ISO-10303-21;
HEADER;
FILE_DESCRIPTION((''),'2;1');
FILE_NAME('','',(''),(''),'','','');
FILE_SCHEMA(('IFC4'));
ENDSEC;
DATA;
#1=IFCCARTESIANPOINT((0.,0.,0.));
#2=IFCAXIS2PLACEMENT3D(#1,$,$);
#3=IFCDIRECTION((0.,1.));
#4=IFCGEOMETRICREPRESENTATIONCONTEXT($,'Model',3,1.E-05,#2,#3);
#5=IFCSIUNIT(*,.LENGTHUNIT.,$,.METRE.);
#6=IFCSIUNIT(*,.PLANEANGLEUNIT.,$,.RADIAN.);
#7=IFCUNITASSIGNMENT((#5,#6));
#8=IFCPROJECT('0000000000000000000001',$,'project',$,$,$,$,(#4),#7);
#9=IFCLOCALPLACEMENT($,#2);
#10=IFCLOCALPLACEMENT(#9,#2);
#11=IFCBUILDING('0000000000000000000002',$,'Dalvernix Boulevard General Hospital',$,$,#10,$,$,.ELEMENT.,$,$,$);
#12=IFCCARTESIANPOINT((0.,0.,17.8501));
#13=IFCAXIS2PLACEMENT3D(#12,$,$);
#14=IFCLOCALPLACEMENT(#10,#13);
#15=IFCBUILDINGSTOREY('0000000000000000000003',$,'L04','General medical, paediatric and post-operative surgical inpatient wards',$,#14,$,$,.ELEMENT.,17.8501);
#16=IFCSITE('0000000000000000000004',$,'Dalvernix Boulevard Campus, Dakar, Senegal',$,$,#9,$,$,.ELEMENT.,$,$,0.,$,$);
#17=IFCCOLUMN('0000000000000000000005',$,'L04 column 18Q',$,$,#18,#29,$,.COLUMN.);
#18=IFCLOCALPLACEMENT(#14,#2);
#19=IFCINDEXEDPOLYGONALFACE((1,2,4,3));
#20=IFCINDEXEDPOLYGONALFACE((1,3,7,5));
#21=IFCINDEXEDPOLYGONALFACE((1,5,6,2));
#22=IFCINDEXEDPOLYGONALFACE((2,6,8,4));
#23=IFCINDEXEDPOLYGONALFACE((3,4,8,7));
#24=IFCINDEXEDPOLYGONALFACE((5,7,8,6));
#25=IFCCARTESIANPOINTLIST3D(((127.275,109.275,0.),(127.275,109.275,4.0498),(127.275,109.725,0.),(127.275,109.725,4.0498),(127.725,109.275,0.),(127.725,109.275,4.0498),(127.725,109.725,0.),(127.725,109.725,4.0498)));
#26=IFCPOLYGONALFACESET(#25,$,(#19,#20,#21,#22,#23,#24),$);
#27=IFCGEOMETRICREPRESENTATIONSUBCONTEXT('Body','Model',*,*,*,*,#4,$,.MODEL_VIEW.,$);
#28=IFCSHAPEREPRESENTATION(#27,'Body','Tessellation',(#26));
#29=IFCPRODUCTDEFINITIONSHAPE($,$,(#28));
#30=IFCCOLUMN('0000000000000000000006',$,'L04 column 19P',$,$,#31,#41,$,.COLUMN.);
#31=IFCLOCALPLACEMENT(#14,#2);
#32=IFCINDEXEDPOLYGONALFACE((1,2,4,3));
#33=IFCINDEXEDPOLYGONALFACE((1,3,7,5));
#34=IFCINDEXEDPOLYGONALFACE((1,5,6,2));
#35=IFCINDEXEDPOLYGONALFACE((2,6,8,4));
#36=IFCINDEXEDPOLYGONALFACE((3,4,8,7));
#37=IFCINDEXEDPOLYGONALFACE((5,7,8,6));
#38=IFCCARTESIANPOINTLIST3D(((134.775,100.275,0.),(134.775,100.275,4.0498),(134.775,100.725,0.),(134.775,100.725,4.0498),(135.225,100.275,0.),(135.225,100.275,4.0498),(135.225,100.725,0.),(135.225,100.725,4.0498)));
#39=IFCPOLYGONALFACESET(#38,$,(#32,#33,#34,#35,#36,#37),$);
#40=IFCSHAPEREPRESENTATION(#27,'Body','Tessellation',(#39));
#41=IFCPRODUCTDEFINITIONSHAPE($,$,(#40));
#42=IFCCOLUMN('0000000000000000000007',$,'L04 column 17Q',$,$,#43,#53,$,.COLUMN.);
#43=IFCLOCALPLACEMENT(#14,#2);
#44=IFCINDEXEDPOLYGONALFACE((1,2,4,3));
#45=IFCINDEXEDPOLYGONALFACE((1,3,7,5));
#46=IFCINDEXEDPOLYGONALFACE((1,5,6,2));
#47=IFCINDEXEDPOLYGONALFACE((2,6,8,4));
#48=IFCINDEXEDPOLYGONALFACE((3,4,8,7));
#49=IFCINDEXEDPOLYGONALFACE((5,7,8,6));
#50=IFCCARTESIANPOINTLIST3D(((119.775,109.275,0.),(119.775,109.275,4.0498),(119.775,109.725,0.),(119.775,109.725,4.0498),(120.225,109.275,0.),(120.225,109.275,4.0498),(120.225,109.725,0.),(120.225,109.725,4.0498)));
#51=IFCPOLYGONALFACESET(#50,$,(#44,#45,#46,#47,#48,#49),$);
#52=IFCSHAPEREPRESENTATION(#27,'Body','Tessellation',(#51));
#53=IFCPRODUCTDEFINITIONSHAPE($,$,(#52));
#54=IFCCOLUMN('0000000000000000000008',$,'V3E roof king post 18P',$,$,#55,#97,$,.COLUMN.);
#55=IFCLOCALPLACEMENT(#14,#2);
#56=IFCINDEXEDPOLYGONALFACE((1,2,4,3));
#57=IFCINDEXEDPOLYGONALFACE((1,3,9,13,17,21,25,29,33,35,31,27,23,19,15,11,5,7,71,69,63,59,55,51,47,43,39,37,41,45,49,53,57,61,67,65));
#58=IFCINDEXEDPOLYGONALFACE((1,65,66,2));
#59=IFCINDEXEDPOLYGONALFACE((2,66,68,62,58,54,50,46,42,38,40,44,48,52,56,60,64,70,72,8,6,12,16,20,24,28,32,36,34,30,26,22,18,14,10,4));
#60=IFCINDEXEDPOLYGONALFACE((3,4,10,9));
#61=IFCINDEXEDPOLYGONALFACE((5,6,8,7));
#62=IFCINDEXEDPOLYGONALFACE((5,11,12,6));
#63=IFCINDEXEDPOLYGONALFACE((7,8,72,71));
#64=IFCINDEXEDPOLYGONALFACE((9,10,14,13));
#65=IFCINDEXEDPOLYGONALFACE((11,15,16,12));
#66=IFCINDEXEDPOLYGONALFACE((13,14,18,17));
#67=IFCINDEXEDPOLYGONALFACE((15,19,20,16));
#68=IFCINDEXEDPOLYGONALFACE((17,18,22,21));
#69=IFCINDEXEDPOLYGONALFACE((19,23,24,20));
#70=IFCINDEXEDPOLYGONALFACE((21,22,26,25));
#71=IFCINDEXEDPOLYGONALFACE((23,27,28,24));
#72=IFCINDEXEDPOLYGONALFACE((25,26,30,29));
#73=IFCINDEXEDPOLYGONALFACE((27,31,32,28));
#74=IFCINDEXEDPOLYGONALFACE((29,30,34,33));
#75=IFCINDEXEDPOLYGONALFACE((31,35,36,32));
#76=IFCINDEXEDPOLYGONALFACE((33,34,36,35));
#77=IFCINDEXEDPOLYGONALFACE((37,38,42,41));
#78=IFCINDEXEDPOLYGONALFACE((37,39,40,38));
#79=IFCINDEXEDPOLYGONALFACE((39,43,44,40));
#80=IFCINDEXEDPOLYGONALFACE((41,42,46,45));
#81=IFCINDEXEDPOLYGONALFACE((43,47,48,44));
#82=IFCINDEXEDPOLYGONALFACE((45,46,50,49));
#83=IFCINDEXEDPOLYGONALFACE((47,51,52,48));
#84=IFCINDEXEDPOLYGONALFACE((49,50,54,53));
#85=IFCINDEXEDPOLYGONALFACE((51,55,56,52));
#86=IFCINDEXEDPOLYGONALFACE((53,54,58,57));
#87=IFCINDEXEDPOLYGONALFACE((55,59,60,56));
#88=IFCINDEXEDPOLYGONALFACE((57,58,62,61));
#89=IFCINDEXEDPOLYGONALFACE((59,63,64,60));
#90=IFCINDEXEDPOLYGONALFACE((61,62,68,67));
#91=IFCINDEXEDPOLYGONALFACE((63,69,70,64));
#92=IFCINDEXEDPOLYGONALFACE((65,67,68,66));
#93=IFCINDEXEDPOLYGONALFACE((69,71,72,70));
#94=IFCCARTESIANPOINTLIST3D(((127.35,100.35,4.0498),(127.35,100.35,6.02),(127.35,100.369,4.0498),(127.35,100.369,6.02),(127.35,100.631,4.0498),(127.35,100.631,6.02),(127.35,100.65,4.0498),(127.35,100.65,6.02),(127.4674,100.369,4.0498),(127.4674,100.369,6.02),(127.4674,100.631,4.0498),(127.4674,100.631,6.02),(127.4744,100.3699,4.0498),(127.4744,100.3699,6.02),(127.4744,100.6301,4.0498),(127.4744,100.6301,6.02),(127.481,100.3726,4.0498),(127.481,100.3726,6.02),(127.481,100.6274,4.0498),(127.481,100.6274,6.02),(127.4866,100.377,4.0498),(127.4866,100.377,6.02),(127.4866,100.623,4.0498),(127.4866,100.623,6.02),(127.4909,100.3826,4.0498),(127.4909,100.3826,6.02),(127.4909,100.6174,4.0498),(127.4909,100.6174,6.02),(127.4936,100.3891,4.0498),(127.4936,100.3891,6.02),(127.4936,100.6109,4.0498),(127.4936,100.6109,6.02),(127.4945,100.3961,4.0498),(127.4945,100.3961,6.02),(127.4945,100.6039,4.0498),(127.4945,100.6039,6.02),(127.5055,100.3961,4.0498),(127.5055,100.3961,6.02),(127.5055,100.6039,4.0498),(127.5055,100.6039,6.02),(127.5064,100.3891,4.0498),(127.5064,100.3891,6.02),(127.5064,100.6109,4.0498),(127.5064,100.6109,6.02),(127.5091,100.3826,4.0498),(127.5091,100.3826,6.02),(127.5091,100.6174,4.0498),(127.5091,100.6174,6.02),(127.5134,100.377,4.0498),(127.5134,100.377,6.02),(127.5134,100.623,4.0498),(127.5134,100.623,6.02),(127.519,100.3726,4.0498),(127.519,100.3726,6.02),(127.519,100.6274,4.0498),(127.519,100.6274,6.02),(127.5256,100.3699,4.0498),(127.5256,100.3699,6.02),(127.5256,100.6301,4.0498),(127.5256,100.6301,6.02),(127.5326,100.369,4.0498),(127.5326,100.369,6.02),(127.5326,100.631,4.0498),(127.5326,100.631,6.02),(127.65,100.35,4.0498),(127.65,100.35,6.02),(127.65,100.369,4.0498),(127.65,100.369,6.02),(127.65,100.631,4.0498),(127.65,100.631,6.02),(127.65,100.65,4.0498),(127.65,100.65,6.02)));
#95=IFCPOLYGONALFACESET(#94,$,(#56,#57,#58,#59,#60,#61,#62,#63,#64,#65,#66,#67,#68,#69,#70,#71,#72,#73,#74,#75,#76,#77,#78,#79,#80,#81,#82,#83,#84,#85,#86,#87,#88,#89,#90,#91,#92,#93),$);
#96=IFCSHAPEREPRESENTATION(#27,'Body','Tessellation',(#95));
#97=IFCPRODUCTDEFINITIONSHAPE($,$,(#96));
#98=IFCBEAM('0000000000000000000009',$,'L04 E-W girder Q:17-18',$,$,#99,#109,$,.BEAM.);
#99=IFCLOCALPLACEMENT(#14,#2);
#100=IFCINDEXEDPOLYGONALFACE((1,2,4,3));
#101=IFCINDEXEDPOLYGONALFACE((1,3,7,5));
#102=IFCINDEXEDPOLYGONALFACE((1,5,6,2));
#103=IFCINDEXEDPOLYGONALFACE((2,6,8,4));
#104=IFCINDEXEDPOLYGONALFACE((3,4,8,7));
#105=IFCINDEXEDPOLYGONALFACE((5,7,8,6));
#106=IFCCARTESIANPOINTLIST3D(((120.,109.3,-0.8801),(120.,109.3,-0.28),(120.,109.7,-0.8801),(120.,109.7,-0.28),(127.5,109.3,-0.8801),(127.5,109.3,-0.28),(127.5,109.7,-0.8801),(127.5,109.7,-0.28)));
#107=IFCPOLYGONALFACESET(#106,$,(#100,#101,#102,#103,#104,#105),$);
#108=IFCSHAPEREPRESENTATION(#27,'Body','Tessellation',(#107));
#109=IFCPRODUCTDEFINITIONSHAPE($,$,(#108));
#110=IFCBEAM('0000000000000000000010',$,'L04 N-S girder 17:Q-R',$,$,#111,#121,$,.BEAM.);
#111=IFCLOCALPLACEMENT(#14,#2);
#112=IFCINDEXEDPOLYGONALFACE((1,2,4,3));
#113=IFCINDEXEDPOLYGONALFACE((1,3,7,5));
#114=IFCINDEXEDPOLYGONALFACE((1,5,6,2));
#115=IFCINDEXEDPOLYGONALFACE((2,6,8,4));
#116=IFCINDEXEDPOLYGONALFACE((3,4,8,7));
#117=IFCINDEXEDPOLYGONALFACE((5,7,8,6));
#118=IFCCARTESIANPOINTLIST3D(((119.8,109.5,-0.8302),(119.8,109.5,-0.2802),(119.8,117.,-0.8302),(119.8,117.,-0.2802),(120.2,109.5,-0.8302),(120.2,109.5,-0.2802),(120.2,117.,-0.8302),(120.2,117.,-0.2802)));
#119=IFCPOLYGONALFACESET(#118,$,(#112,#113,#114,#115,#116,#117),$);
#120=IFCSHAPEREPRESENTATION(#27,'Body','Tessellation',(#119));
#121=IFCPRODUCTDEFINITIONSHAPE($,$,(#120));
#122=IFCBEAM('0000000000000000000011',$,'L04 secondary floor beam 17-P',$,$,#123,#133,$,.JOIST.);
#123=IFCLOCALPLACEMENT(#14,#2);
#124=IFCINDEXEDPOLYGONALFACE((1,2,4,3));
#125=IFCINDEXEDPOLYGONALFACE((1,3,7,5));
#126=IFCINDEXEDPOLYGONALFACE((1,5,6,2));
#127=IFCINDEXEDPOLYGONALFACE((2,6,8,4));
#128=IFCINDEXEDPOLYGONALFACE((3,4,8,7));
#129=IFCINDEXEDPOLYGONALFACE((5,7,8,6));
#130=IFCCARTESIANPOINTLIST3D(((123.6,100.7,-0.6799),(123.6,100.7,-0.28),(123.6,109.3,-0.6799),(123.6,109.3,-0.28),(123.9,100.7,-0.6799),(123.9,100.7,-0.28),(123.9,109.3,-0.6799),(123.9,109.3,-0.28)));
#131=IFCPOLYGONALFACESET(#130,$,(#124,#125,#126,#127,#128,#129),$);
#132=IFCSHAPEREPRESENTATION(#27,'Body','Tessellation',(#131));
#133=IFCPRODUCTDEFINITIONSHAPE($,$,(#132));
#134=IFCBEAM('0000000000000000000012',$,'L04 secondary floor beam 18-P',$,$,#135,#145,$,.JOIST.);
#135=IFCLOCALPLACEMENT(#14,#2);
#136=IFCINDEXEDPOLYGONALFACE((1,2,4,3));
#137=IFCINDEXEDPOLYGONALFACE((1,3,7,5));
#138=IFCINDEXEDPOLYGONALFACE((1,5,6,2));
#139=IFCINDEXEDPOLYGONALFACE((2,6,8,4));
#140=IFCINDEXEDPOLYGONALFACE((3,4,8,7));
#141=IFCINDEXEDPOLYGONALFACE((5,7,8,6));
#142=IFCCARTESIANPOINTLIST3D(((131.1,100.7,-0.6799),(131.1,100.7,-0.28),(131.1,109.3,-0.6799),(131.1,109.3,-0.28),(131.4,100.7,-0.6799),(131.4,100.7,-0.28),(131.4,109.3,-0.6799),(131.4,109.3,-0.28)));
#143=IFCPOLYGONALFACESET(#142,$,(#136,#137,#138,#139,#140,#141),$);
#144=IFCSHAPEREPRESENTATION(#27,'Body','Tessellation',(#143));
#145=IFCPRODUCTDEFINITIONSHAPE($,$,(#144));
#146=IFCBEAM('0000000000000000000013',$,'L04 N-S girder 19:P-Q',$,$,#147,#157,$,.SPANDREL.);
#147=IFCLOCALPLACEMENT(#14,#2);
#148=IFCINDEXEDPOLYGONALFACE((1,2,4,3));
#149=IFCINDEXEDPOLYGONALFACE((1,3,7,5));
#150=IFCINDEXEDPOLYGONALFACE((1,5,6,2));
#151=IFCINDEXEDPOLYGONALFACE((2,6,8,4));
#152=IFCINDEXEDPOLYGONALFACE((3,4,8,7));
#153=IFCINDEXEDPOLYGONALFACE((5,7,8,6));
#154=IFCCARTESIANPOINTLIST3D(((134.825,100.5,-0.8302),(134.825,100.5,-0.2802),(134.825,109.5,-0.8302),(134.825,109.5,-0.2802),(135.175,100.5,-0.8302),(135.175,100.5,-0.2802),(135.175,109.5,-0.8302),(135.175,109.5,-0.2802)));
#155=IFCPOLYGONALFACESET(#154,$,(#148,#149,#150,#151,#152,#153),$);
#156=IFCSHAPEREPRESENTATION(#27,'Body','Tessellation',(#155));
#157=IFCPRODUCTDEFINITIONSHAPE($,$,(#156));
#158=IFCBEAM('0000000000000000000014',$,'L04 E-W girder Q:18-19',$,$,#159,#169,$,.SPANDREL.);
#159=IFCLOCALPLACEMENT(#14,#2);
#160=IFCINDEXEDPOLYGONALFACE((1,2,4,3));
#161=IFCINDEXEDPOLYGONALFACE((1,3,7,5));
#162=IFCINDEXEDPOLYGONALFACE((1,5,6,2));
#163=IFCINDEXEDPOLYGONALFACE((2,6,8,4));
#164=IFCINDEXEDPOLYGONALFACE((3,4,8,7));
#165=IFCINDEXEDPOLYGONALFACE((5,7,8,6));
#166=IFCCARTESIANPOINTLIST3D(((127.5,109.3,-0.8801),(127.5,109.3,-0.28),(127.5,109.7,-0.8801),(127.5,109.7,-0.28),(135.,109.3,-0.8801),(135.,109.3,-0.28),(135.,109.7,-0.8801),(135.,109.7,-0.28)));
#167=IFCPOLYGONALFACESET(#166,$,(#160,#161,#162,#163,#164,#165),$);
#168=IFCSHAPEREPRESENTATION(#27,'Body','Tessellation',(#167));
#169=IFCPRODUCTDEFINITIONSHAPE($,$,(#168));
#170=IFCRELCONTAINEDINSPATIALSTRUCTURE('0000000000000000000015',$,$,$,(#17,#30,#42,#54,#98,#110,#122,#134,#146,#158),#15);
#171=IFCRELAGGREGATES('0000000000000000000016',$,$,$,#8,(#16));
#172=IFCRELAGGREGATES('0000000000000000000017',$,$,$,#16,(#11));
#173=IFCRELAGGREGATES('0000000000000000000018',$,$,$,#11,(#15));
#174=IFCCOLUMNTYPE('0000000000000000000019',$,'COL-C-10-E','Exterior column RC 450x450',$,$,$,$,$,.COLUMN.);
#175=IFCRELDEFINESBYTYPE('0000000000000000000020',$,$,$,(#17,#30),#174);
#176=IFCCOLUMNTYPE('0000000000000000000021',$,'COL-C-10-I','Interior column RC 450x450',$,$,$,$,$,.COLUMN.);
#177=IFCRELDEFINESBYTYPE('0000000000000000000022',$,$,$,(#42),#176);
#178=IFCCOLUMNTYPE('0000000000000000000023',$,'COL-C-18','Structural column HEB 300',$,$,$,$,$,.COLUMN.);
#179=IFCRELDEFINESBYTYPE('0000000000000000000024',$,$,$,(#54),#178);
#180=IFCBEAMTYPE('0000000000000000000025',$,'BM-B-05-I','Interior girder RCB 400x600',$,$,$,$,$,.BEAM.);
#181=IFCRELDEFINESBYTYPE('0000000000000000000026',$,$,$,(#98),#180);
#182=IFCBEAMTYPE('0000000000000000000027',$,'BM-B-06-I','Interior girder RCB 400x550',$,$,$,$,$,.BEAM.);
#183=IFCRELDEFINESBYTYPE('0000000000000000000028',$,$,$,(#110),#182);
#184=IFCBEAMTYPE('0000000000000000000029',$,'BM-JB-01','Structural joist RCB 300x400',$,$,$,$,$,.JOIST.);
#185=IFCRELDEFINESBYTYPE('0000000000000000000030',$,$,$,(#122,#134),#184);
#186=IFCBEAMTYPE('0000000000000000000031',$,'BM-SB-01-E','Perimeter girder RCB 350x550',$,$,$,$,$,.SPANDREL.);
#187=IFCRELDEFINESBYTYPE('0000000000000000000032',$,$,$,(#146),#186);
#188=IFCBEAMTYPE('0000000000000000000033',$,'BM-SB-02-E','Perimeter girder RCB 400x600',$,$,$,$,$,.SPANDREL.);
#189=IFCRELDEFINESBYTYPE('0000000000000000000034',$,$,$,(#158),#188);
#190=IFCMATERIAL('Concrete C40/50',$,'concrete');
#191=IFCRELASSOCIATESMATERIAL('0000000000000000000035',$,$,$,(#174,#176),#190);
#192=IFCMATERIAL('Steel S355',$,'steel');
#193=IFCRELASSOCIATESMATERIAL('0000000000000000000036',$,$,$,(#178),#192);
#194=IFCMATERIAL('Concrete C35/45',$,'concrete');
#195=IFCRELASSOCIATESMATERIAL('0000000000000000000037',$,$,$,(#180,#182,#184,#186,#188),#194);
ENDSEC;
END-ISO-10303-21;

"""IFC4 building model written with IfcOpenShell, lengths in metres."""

from ifc_helpers import new_model, si_unit, direction, frame, origin, origin_2d, place, context, subcontext, project, spatial, rectangle, i_section, extrude, material, material_profile, profile_set, type_object, element, save


model = new_model("IFC4")

# Units and contexts
model_context = context("Model", 3, precision=1e-05, world=origin(), true_north=direction((0.0, 1.0)))
body_context = subcontext(model_context, "Body", "Model", "MODEL_VIEW")
ifc_project = project(units=[si_unit("LENGTHUNIT", "METRE"), si_unit("PLANEANGLEUNIT", "RADIAN")], contexts=[model_context])

# Site, building, storey
site_placement = place(None, origin())
site = spatial("IfcSite", under=ifc_project, at=site_placement, Name="Dalvernix Boulevard Campus, Dakar, Senegal", CompositionType="ELEMENT", RefElevation=0.0)
building_placement = place(site_placement, origin())
building = spatial("IfcBuilding", under=site, at=building_placement, Name="Dalvernix Boulevard General Hospital", CompositionType="ELEMENT")
storey_placement = place(building_placement, frame((0.0, 0.0, 17.8501)))
storey = spatial("IfcBuildingStorey", under=building, at=storey_placement, Name="L04", Description="General medical, paediatric and post-operative surgical inpatient wards", CompositionType="ELEMENT", Elevation=17.8501)

# Columns
ifc_material_1 = material(Name="Concrete C40/50", Category="concrete")
ifc_material_profile_1 = material_profile(ifc_material_1, rectangle(XDim=0.45, YDim=0.45, at=origin_2d()), Name="RC 450x450")
ifc_profile_set_1 = profile_set([ifc_material_profile_1], Name="Concrete C40/50")
column_type_1 = type_object("IfcColumnType", Name="COL-C-10-E", Description="Exterior column RC 450x450", PredefinedType="COLUMN", material=ifc_profile_set_1)
for number, where, z_axis, x_axis, name in (
    (1, (127.5, 109.5, 0.0), (0.0, 0.0, 1.0), (1.0, 0.0, 0.0), "L04 column 18Q"),
    (2, (135.0, 100.5, 0.0), (0.0, 0.0, 1.0), (1.0, 0.0, 0.0), "L04 column 19P"),
):
    element("IfcColumn", number, at=place(storey_placement, frame(where, z_axis=z_axis, x_axis=x_axis)), inside=storey, type_object=column_type_1, Name=name, PredefinedType="COLUMN", context=body_context, shape_type="SweptSolid", body=[
        extrude(rectangle(XDim=0.45, YDim=0.45, at=origin_2d()), origin(), (0.0, 0.0, 1.0), 4.0498),
    ])
ifc_material_profile_2 = material_profile(ifc_material_1, rectangle(XDim=0.45, YDim=0.45, at=origin_2d()), Name="RC 450x450")
ifc_profile_set_2 = profile_set([ifc_material_profile_2], Name="Concrete C40/50")
column_type_2 = type_object("IfcColumnType", Name="COL-C-10-I", Description="Interior column RC 450x450", PredefinedType="COLUMN", material=ifc_profile_set_2)
column_1_placement = place(storey_placement, frame((120.0, 109.5, 0.0), z_axis=(0.0, 0.0, 1.0), x_axis=(1.0, 0.0, 0.0)))
element("IfcColumn", 3, at=column_1_placement, inside=storey, type_object=column_type_2, Name="L04 column 17Q", PredefinedType="COLUMN", context=body_context, shape_type="SweptSolid", body=[
    extrude(rectangle(XDim=0.45, YDim=0.45, at=origin_2d()), origin(), (0.0, 0.0, 1.0), 4.0498),
])
ifc_material_2 = material(Name="Steel S355", Category="steel")
ifc_material_profile_3 = material_profile(ifc_material_2, i_section(OverallWidth=0.3, OverallDepth=0.3, WebThickness=0.011, FlangeThickness=0.019, FilletRadius=0.0271, at=origin_2d()), Name="HEB 300")
ifc_profile_set_3 = profile_set([ifc_material_profile_3], Name="Steel S355")
column_type_3 = type_object("IfcColumnType", Name="COL-C-18", Description="Structural column HEB 300", PredefinedType="COLUMN", material=ifc_profile_set_3)
column_2_placement = place(storey_placement, frame((127.5, 100.5, 4.0498), z_axis=(0.0, 0.0, 1.0), x_axis=(1.0, 0.0, 0.0)))
element("IfcColumn", 4, at=column_2_placement, inside=storey, type_object=column_type_3, Name="V3E roof king post 18P", PredefinedType="COLUMN", context=body_context, shape_type="SweptSolid", body=[
    extrude(i_section(OverallWidth=0.3, OverallDepth=0.3, WebThickness=0.011, FlangeThickness=0.019, FilletRadius=0.0271, at=origin_2d()), origin(), (0.0, 0.0, 1.0), 1.9702),
])

# Beams
ifc_material_3 = material(Name="Concrete C35/45", Category="concrete")
ifc_material_profile_4 = material_profile(ifc_material_3, rectangle(XDim=0.3999, YDim=0.6001, at=origin_2d()), Name="RCB 400x600")
ifc_profile_set_4 = profile_set([ifc_material_profile_4], Name="Concrete C35/45")
beam_type_1 = type_object("IfcBeamType", Name="BM-B-05-I", Description="Interior girder RCB 400x600", PredefinedType="BEAM", material=ifc_profile_set_4)
beam_1_placement = place(storey_placement, frame((120.0, 109.5, -0.5801), z_axis=(1.0, 0.0, 0.0), x_axis=(0.0, 1.0, 0.0)))
element("IfcBeam", 5, at=beam_1_placement, inside=storey, type_object=beam_type_1, Name="L04 E-W girder Q:17-18", PredefinedType="BEAM", context=body_context, shape_type="SweptSolid", body=[
    extrude(rectangle(XDim=0.3999, YDim=0.6001, at=origin_2d()), origin(), (0.0, 0.0, 1.0), 7.5),
])
ifc_material_profile_5 = material_profile(ifc_material_3, rectangle(XDim=0.3999, YDim=0.55, at=origin_2d()), Name="RCB 400x550")
ifc_profile_set_5 = profile_set([ifc_material_profile_5], Name="Concrete C35/45")
beam_type_2 = type_object("IfcBeamType", Name="BM-B-06-I", Description="Interior girder RCB 400x550", PredefinedType="BEAM", material=ifc_profile_set_5)
beam_2_placement = place(storey_placement, frame((120.0, 109.5, -0.5552), z_axis=(0.0, 1.0, 0.0), x_axis=(-1.0, 0.0, 0.0)))
element("IfcBeam", 6, at=beam_2_placement, inside=storey, type_object=beam_type_2, Name="L04 N-S girder 17:Q-R", PredefinedType="BEAM", context=body_context, shape_type="SweptSolid", body=[
    extrude(rectangle(XDim=0.3999, YDim=0.55, at=origin_2d()), origin(), (0.0, 0.0, 1.0), 7.5),
])
ifc_material_profile_6 = material_profile(ifc_material_3, rectangle(XDim=0.3, YDim=0.3999, at=origin_2d()), Name="RCB 300x400")
ifc_profile_set_6 = profile_set([ifc_material_profile_6], Name="Concrete C35/45")
beam_type_3 = type_object("IfcBeamType", Name="BM-JB-01", Description="Structural joist RCB 300x400", PredefinedType="JOIST", material=ifc_profile_set_6)
for number, where, z_axis, x_axis, name in (
    (7, (123.75, 100.7, -0.48), (0.0, 1.0, 0.0), (-1.0, 0.0, 0.0), "L04 secondary floor beam 17-P"),
    (8, (131.25, 100.7, -0.48), (0.0, 1.0, 0.0), (-1.0, 0.0, 0.0), "L04 secondary floor beam 18-P"),
):
    element("IfcBeam", number, at=place(storey_placement, frame(where, z_axis=z_axis, x_axis=x_axis)), inside=storey, type_object=beam_type_3, Name=name, PredefinedType="JOIST", context=body_context, shape_type="SweptSolid", body=[
        extrude(rectangle(XDim=0.3, YDim=0.3999, at=origin_2d()), origin(), (0.0, 0.0, 1.0), 8.6001),
    ])
ifc_material_profile_7 = material_profile(ifc_material_3, rectangle(XDim=0.3501, YDim=0.55, at=origin_2d()), Name="RCB 350x550")
ifc_profile_set_7 = profile_set([ifc_material_profile_7], Name="Concrete C35/45")
beam_type_4 = type_object("IfcBeamType", Name="BM-SB-01-E", Description="Perimeter girder RCB 350x550", PredefinedType="SPANDREL", material=ifc_profile_set_7)
beam_3_placement = place(storey_placement, frame((135.0, 100.5, -0.5552), z_axis=(0.0, 1.0, 0.0), x_axis=(-1.0, 0.0, 0.0)))
element("IfcBeam", 9, at=beam_3_placement, inside=storey, type_object=beam_type_4, Name="L04 N-S girder 19:P-Q", PredefinedType="SPANDREL", context=body_context, shape_type="SweptSolid", body=[
    extrude(rectangle(XDim=0.3501, YDim=0.55, at=origin_2d()), origin(), (0.0, 0.0, 1.0), 9.0),
])
ifc_material_profile_8 = material_profile(ifc_material_3, rectangle(XDim=0.3999, YDim=0.6001, at=origin_2d()), Name="RCB 400x600")
ifc_profile_set_8 = profile_set([ifc_material_profile_8], Name="Concrete C35/45")
beam_type_5 = type_object("IfcBeamType", Name="BM-SB-02-E", Description="Perimeter girder RCB 400x600", PredefinedType="SPANDREL", material=ifc_profile_set_8)
beam_4_placement = place(storey_placement, frame((127.5, 109.5, -0.5801), z_axis=(1.0, 0.0, 0.0), x_axis=(0.0, 1.0, 0.0)))
element("IfcBeam", 10, at=beam_4_placement, inside=storey, type_object=beam_type_5, Name="L04 E-W girder Q:18-19", PredefinedType="SPANDREL", context=body_context, shape_type="SweptSolid", body=[
    extrude(rectangle(XDim=0.3999, YDim=0.6001, at=origin_2d()), origin(), (0.0, 0.0, 1.0), 7.5),
])

save(model, "model.ifc")
